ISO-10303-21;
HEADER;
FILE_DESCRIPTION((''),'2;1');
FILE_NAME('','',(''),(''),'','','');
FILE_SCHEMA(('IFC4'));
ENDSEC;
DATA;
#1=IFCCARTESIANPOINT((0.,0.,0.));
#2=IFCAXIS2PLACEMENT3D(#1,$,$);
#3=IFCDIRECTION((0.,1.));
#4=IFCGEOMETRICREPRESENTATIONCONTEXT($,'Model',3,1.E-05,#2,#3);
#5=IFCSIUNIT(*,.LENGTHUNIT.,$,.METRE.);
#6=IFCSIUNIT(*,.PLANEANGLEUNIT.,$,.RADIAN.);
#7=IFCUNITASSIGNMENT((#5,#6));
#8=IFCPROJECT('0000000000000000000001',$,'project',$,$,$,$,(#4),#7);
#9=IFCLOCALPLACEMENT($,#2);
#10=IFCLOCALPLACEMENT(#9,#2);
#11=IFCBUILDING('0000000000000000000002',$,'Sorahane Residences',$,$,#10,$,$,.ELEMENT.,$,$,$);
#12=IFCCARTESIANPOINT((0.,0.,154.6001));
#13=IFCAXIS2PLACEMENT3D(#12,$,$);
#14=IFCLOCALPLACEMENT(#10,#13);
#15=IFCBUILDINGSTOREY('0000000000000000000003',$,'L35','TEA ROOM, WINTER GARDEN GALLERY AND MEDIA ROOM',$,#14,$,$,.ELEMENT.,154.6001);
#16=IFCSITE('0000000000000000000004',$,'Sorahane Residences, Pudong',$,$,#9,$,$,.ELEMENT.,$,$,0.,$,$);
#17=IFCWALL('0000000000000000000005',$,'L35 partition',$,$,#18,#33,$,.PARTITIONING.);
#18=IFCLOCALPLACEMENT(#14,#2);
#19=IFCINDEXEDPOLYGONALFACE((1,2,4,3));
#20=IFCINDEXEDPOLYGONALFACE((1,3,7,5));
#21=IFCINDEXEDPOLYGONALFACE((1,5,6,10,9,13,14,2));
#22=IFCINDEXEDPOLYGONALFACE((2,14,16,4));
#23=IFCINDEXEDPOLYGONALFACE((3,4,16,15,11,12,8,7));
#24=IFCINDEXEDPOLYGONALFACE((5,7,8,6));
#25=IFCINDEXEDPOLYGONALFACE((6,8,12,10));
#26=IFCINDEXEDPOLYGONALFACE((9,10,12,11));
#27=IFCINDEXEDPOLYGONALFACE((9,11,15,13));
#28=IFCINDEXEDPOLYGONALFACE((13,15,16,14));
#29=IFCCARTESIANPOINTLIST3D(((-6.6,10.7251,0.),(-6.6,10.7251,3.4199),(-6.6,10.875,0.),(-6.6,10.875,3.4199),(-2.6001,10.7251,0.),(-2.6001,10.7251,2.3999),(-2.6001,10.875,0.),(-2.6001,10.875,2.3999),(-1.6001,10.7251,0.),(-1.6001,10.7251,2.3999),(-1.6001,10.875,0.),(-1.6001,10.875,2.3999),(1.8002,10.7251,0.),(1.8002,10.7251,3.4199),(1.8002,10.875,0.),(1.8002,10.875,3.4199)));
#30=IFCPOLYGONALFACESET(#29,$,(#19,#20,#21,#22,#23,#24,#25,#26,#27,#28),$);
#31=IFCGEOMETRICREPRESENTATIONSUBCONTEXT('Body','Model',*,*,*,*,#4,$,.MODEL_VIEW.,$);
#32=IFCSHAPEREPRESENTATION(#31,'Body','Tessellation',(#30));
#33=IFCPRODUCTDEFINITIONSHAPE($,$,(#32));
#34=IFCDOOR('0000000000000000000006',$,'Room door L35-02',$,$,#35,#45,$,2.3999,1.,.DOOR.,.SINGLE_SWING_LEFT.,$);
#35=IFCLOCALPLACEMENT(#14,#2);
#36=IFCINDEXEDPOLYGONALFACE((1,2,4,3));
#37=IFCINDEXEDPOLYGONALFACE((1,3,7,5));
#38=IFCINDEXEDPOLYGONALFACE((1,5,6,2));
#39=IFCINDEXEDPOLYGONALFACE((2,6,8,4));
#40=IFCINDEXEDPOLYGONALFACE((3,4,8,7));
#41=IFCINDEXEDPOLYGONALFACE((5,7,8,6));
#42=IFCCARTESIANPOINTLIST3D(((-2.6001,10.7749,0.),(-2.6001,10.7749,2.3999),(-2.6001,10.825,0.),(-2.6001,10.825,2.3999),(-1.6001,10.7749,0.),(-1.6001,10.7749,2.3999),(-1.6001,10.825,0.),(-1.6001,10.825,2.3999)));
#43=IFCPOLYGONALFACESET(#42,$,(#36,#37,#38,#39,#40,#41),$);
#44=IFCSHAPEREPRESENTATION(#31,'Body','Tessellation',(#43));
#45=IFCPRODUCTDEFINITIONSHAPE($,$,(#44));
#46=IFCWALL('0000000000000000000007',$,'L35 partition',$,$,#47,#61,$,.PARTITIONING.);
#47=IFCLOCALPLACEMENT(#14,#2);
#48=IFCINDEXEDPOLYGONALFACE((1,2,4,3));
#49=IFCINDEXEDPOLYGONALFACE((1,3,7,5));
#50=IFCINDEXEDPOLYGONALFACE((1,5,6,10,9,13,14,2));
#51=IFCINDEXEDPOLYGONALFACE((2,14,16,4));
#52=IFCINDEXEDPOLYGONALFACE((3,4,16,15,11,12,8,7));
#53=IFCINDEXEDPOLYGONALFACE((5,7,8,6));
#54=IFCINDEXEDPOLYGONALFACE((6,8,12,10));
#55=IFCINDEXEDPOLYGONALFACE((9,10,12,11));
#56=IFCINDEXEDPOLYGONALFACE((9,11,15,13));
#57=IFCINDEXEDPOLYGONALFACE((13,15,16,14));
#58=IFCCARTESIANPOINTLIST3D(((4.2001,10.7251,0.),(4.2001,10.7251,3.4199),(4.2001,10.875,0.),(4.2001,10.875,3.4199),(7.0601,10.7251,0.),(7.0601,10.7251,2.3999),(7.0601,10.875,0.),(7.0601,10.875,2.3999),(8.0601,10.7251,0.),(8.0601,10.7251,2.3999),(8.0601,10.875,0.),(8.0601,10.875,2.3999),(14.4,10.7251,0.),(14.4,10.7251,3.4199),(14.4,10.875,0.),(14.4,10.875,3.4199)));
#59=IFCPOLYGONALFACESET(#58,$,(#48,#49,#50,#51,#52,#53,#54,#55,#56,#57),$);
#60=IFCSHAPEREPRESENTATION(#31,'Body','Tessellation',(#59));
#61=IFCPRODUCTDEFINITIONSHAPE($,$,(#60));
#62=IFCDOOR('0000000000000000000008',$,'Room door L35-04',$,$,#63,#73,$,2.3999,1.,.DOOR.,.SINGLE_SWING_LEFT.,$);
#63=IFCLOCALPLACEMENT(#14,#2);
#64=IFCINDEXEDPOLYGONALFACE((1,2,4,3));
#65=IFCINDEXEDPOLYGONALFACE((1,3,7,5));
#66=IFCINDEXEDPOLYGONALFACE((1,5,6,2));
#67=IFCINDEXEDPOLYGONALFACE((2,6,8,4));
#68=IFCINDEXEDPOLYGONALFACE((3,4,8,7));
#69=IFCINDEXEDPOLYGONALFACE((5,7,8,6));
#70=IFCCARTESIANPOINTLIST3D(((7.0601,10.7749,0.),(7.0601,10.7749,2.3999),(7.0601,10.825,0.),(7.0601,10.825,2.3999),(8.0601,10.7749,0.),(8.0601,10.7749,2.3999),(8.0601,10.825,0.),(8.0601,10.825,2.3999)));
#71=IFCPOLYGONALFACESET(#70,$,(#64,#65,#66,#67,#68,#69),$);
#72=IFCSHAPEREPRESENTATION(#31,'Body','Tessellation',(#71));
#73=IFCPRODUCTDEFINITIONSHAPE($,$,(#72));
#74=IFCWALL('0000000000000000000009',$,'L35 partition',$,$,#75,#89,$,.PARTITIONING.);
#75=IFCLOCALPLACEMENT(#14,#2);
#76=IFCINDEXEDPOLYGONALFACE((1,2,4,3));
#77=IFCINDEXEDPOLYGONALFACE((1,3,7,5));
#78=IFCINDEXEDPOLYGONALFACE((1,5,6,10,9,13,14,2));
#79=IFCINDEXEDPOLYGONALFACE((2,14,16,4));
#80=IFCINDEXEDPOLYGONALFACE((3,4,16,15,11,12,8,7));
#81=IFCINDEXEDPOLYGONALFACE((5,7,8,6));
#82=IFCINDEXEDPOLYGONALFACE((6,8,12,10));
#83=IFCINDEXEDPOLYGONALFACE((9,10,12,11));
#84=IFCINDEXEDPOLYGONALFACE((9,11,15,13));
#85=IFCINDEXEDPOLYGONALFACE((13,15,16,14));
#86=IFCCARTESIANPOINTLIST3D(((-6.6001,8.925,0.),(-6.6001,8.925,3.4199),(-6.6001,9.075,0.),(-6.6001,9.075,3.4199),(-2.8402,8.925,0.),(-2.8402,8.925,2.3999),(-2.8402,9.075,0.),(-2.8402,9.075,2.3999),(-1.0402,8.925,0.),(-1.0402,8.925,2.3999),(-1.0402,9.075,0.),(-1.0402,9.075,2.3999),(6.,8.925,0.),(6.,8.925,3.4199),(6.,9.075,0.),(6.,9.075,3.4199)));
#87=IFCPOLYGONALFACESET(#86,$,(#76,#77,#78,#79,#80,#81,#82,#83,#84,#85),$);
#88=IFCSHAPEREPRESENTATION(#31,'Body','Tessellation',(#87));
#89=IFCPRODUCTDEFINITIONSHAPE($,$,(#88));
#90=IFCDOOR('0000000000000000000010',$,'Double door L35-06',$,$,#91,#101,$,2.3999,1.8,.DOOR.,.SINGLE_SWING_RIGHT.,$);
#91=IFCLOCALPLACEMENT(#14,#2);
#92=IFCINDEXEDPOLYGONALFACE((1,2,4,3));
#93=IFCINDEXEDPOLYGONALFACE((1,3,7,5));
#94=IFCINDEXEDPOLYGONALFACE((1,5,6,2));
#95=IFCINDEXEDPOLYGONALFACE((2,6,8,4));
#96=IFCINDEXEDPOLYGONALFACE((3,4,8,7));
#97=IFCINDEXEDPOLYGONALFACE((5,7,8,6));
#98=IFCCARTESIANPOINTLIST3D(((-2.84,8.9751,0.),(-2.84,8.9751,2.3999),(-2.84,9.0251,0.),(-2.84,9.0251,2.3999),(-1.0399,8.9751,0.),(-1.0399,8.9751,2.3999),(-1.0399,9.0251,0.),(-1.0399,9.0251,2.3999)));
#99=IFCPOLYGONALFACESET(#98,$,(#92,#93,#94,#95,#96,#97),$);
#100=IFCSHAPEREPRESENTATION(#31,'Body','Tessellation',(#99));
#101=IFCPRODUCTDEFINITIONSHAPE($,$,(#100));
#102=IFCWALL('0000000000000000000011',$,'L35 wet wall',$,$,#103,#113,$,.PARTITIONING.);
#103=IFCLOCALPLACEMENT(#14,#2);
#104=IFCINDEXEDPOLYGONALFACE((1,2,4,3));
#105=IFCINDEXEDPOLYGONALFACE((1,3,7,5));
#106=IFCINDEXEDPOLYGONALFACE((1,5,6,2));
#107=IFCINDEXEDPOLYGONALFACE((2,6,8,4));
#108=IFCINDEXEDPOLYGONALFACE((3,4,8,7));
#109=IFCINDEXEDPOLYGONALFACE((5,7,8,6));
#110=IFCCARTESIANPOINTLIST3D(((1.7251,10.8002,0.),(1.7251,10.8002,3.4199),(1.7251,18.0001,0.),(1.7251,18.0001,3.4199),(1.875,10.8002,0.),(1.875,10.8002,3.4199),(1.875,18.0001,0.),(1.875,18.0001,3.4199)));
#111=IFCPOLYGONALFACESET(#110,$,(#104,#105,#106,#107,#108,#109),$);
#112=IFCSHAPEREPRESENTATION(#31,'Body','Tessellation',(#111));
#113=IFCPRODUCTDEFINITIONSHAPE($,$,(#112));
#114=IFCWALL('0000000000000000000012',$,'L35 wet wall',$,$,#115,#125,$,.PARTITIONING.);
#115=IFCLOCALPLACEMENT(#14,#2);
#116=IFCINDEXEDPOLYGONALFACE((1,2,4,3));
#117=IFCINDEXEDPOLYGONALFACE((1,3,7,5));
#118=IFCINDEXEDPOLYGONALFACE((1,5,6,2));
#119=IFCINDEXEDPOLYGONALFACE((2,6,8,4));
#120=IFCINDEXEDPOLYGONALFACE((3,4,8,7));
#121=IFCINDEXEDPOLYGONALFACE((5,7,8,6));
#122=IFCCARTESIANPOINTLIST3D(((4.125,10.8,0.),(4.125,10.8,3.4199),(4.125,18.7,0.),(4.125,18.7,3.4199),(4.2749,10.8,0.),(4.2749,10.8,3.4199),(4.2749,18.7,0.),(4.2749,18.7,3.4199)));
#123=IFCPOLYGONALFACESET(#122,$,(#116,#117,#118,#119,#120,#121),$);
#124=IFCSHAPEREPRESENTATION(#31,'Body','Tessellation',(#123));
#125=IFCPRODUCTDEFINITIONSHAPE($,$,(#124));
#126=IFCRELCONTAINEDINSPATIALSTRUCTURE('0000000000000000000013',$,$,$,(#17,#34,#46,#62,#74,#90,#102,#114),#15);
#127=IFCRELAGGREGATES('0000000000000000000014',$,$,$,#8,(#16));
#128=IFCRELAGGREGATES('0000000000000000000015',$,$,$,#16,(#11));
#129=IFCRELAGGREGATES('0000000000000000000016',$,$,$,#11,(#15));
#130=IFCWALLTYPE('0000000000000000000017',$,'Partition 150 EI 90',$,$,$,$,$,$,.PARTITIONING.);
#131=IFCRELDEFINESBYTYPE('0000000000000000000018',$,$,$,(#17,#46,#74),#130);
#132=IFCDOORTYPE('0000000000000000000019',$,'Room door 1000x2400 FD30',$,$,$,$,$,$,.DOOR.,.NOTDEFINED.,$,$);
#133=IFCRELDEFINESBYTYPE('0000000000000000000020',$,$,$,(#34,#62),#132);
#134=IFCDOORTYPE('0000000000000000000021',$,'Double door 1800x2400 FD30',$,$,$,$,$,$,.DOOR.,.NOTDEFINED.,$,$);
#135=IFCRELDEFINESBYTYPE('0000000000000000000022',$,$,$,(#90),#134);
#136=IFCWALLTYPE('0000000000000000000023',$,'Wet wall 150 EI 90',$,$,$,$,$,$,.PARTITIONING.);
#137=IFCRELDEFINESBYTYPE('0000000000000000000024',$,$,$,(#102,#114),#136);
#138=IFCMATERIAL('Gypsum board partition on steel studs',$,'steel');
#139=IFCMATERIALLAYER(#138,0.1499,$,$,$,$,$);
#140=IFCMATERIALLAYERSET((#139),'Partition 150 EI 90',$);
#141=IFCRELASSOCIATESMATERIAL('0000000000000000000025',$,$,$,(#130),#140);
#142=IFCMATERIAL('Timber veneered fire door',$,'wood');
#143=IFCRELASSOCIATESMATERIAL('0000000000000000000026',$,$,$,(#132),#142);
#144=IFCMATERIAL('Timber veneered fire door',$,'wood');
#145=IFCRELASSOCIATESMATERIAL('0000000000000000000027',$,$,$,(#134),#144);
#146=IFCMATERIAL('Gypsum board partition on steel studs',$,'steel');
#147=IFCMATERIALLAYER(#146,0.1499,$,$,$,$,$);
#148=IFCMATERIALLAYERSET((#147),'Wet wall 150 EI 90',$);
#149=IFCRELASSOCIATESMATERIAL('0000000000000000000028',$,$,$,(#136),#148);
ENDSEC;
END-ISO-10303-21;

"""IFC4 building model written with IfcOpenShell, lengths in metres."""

from ifc_helpers import new_model, si_unit, direction, frame, frame_2d, origin, place, context, subcontext, project, spatial, rectangle, extrude, material, layer, layer_set, type_object, element, fill, save


model = new_model("IFC4")

# Units and contexts
model_context = context("Model", 3, precision=1e-05, world=origin(), true_north=direction((0.0, 1.0)))
body_context = subcontext(model_context, "Body", "Model", "MODEL_VIEW")
ifc_project = project(units=[si_unit("LENGTHUNIT", "METRE"), si_unit("PLANEANGLEUNIT", "RADIAN")], contexts=[model_context])

# Site, building, storey
site_placement = place(None, origin())
site = spatial("IfcSite", under=ifc_project, at=site_placement, Name="Sorahane Residences, Pudong", CompositionType="ELEMENT", RefElevation=0.0)
building_placement = place(site_placement, origin())
building = spatial("IfcBuilding", under=site, at=building_placement, Name="Sorahane Residences", CompositionType="ELEMENT")
storey_placement = place(building_placement, frame((0.0, 0.0, 154.6001)))
storey = spatial("IfcBuildingStorey", under=building, at=storey_placement, Name="L35", Description="TEA ROOM, WINTER GARDEN GALLERY AND MEDIA ROOM", CompositionType="ELEMENT", Elevation=154.6001)

# Walls, openings, doors
ifc_material_1 = material(Name="Gypsum board partition on steel studs", Category="steel")
ifc_layer_1 = layer(ifc_material_1, 0.1499)
ifc_layer_set_1 = layer_set([ifc_layer_1], Name="Partition 150 EI 90")
wall_type_1 = type_object("IfcWallType", Name="Partition 150 EI 90", PredefinedType="PARTITIONING", material=ifc_layer_set_1)
wall_1_placement = place(storey_placement, frame((-6.6001, 10.8, 0.0), z_axis=(0.0, 0.0, 1.0), x_axis=(1.0, 0.0, 0.0)))
wall_1 = element("IfcWall", 1, at=wall_1_placement, inside=storey, type_object=wall_type_1, Name="L35 partition", PredefinedType="PARTITIONING", context=body_context, shape_type="SweptSolid", body=[
    extrude(rectangle(XDim=8.4001, YDim=0.1499, at=frame_2d((4.2002, 0.0))), origin(), (0.0, 0.0, 1.0), 3.4199),
])
opening_1_placement = place(wall_1_placement, frame((4.0, 0.0, 0.0)))
opening_1 = element("IfcOpeningElement", 2, at=opening_1_placement, cuts=wall_1, PredefinedType="OPENING", context=body_context, shape_type="SweptSolid", body=[
    extrude(rectangle(XDim=1.0, YDim=2.3999, at=frame_2d((0.5, 1.2))), frame((0.0, 0.085, 0.0), z_axis=(0.0, -1.0, 0.0), x_axis=(1.0, 0.0, 0.0)), (0.0, 0.0, 1.0), 0.1699),
])
ifc_material_2 = material(Name="Timber veneered fire door", Category="wood")
door_type_1 = type_object("IfcDoorType", Name="Room door 1000x2400 FD30", OperationType="NOTDEFINED", PredefinedType="DOOR", material=ifc_material_2)
door_1_placement = place(opening_1_placement, origin())
door_1 = element("IfcDoor", 3, at=door_1_placement, inside=storey, type_object=door_type_1, Name="Room door L35-02", OperationType="SINGLE_SWING_LEFT", OverallHeight=2.3999, OverallWidth=1.0, PredefinedType="DOOR", context=body_context, shape_type="SweptSolid", body=[
    extrude(rectangle(XDim=1.0, YDim=2.3999, at=frame_2d((0.5, 1.2))), frame((0.0, 0.0249, 0.0), z_axis=(0.0, -1.0, 0.0), x_axis=(1.0, 0.0, 0.0)), (0.0, 0.0, 1.0), 0.05),
])
fill(opening_1, door_1)
wall_2_placement = place(storey_placement, frame((4.2, 10.8, 0.0), z_axis=(0.0, 0.0, 1.0), x_axis=(1.0, 0.0, 0.0)))
wall_2 = element("IfcWall", 4, at=wall_2_placement, inside=storey, type_object=wall_type_1, Name="L35 partition", PredefinedType="PARTITIONING", context=body_context, shape_type="SweptSolid", body=[
    extrude(rectangle(XDim=10.2, YDim=0.1499, at=frame_2d((5.1001, 0.0))), origin(), (0.0, 0.0, 1.0), 3.4199),
])
opening_2_placement = place(wall_2_placement, frame((2.8601, 0.0, 0.0)))
opening_2 = element("IfcOpeningElement", 5, at=opening_2_placement, cuts=wall_2, PredefinedType="OPENING", context=body_context, shape_type="SweptSolid", body=[
    extrude(rectangle(XDim=1.0, YDim=2.3999, at=frame_2d((0.5, 1.2))), frame((0.0, 0.085, 0.0), z_axis=(0.0, -1.0, 0.0), x_axis=(1.0, 0.0, 0.0)), (0.0, 0.0, 1.0), 0.1699),
])
door_2_placement = place(opening_2_placement, origin())
door_2 = element("IfcDoor", 6, at=door_2_placement, inside=storey, type_object=door_type_1, Name="Room door L35-04", OperationType="SINGLE_SWING_LEFT", OverallHeight=2.3999, OverallWidth=1.0, PredefinedType="DOOR", context=body_context, shape_type="SweptSolid", body=[
    extrude(rectangle(XDim=1.0, YDim=2.3999, at=frame_2d((0.5, 1.2))), frame((0.0, 0.0249, 0.0), z_axis=(0.0, -1.0, 0.0), x_axis=(1.0, 0.0, 0.0)), (0.0, 0.0, 1.0), 0.05),
])
fill(opening_2, door_2)
wall_3_placement = place(storey_placement, frame((-6.6001, 9.0, 0.0), z_axis=(0.0, 0.0, 1.0), x_axis=(1.0, 0.0, 0.0)))
wall_3 = element("IfcWall", 7, at=wall_3_placement, inside=storey, type_object=wall_type_1, Name="L35 partition", PredefinedType="PARTITIONING", context=body_context, shape_type="SweptSolid", body=[
    extrude(rectangle(XDim=12.6001, YDim=0.1499, at=frame_2d((6.3, 0.0))), origin(), (0.0, 0.0, 1.0), 3.4199),
])
opening_3_placement = place(wall_3_placement, frame((3.76, 0.0, 0.0)))
opening_3 = element("IfcOpeningElement", 8, at=opening_3_placement, cuts=wall_3, PredefinedType="OPENING", context=body_context, shape_type="SweptSolid", body=[
    extrude(rectangle(XDim=1.8, YDim=2.3999, at=frame_2d((0.8999, 1.2))), frame((0.0, 0.085, 0.0), z_axis=(0.0, -1.0, 0.0), x_axis=(1.0, 0.0, 0.0)), (0.0, 0.0, 1.0), 0.1699),
])
ifc_material_3 = material(Name="Timber veneered fire door", Category="wood")
door_type_2 = type_object("IfcDoorType", Name="Double door 1800x2400 FD30", OperationType="NOTDEFINED", PredefinedType="DOOR", material=ifc_material_3)
door_3_placement = place(opening_3_placement, frame((1.8, 0.0, 0.0), z_axis=(0.0, 0.0, 1.0), x_axis=(-1.0, 0.0, 0.0)))
door_3 = element("IfcDoor", 9, at=door_3_placement, inside=storey, type_object=door_type_2, Name="Double door L35-06", OperationType="SINGLE_SWING_RIGHT", OverallHeight=2.3999, OverallWidth=1.8, PredefinedType="DOOR", context=body_context, shape_type="SweptSolid", body=[
    extrude(rectangle(XDim=1.8, YDim=2.3999, at=frame_2d((0.8999, 1.2))), frame((0.0, 0.0249, 0.0), z_axis=(0.0, -1.0, 0.0), x_axis=(1.0, 0.0, 0.0)), (0.0, 0.0, 1.0), 0.05),
])
fill(opening_3, door_3)

# Walls
ifc_material_4 = material(Name="Gypsum board partition on steel studs", Category="steel")
ifc_layer_2 = layer(ifc_material_4, 0.1499)
ifc_layer_set_2 = layer_set([ifc_layer_2], Name="Wet wall 150 EI 90")
wall_type_2 = type_object("IfcWallType", Name="Wet wall 150 EI 90", PredefinedType="PARTITIONING", material=ifc_layer_set_2)
wall_4_placement = place(storey_placement, frame((1.8, 10.8, 0.0), z_axis=(0.0, 0.0, 1.0), x_axis=(0.0, 1.0, 0.0)))
element("IfcWall", 10, at=wall_4_placement, inside=storey, type_object=wall_type_2, Name="L35 wet wall", PredefinedType="PARTITIONING", context=body_context, shape_type="SweptSolid", body=[
    extrude(rectangle(XDim=7.2, YDim=0.1499, at=frame_2d((3.6001, 0.0))), origin(), (0.0, 0.0, 1.0), 3.4199),
])
wall_5_placement = place(storey_placement, frame((4.2, 10.8, 0.0), z_axis=(0.0, 0.0, 1.0), x_axis=(0.0, 1.0, 0.0)))
element("IfcWall", 11, at=wall_5_placement, inside=storey, type_object=wall_type_2, Name="L35 wet wall", PredefinedType="PARTITIONING", context=body_context, shape_type="SweptSolid", body=[
    extrude(rectangle(XDim=7.8999, YDim=0.1499, at=frame_2d((3.95, 0.0))), origin(), (0.0, 0.0, 1.0), 3.4199),
])

save(model, "model.ifc")
